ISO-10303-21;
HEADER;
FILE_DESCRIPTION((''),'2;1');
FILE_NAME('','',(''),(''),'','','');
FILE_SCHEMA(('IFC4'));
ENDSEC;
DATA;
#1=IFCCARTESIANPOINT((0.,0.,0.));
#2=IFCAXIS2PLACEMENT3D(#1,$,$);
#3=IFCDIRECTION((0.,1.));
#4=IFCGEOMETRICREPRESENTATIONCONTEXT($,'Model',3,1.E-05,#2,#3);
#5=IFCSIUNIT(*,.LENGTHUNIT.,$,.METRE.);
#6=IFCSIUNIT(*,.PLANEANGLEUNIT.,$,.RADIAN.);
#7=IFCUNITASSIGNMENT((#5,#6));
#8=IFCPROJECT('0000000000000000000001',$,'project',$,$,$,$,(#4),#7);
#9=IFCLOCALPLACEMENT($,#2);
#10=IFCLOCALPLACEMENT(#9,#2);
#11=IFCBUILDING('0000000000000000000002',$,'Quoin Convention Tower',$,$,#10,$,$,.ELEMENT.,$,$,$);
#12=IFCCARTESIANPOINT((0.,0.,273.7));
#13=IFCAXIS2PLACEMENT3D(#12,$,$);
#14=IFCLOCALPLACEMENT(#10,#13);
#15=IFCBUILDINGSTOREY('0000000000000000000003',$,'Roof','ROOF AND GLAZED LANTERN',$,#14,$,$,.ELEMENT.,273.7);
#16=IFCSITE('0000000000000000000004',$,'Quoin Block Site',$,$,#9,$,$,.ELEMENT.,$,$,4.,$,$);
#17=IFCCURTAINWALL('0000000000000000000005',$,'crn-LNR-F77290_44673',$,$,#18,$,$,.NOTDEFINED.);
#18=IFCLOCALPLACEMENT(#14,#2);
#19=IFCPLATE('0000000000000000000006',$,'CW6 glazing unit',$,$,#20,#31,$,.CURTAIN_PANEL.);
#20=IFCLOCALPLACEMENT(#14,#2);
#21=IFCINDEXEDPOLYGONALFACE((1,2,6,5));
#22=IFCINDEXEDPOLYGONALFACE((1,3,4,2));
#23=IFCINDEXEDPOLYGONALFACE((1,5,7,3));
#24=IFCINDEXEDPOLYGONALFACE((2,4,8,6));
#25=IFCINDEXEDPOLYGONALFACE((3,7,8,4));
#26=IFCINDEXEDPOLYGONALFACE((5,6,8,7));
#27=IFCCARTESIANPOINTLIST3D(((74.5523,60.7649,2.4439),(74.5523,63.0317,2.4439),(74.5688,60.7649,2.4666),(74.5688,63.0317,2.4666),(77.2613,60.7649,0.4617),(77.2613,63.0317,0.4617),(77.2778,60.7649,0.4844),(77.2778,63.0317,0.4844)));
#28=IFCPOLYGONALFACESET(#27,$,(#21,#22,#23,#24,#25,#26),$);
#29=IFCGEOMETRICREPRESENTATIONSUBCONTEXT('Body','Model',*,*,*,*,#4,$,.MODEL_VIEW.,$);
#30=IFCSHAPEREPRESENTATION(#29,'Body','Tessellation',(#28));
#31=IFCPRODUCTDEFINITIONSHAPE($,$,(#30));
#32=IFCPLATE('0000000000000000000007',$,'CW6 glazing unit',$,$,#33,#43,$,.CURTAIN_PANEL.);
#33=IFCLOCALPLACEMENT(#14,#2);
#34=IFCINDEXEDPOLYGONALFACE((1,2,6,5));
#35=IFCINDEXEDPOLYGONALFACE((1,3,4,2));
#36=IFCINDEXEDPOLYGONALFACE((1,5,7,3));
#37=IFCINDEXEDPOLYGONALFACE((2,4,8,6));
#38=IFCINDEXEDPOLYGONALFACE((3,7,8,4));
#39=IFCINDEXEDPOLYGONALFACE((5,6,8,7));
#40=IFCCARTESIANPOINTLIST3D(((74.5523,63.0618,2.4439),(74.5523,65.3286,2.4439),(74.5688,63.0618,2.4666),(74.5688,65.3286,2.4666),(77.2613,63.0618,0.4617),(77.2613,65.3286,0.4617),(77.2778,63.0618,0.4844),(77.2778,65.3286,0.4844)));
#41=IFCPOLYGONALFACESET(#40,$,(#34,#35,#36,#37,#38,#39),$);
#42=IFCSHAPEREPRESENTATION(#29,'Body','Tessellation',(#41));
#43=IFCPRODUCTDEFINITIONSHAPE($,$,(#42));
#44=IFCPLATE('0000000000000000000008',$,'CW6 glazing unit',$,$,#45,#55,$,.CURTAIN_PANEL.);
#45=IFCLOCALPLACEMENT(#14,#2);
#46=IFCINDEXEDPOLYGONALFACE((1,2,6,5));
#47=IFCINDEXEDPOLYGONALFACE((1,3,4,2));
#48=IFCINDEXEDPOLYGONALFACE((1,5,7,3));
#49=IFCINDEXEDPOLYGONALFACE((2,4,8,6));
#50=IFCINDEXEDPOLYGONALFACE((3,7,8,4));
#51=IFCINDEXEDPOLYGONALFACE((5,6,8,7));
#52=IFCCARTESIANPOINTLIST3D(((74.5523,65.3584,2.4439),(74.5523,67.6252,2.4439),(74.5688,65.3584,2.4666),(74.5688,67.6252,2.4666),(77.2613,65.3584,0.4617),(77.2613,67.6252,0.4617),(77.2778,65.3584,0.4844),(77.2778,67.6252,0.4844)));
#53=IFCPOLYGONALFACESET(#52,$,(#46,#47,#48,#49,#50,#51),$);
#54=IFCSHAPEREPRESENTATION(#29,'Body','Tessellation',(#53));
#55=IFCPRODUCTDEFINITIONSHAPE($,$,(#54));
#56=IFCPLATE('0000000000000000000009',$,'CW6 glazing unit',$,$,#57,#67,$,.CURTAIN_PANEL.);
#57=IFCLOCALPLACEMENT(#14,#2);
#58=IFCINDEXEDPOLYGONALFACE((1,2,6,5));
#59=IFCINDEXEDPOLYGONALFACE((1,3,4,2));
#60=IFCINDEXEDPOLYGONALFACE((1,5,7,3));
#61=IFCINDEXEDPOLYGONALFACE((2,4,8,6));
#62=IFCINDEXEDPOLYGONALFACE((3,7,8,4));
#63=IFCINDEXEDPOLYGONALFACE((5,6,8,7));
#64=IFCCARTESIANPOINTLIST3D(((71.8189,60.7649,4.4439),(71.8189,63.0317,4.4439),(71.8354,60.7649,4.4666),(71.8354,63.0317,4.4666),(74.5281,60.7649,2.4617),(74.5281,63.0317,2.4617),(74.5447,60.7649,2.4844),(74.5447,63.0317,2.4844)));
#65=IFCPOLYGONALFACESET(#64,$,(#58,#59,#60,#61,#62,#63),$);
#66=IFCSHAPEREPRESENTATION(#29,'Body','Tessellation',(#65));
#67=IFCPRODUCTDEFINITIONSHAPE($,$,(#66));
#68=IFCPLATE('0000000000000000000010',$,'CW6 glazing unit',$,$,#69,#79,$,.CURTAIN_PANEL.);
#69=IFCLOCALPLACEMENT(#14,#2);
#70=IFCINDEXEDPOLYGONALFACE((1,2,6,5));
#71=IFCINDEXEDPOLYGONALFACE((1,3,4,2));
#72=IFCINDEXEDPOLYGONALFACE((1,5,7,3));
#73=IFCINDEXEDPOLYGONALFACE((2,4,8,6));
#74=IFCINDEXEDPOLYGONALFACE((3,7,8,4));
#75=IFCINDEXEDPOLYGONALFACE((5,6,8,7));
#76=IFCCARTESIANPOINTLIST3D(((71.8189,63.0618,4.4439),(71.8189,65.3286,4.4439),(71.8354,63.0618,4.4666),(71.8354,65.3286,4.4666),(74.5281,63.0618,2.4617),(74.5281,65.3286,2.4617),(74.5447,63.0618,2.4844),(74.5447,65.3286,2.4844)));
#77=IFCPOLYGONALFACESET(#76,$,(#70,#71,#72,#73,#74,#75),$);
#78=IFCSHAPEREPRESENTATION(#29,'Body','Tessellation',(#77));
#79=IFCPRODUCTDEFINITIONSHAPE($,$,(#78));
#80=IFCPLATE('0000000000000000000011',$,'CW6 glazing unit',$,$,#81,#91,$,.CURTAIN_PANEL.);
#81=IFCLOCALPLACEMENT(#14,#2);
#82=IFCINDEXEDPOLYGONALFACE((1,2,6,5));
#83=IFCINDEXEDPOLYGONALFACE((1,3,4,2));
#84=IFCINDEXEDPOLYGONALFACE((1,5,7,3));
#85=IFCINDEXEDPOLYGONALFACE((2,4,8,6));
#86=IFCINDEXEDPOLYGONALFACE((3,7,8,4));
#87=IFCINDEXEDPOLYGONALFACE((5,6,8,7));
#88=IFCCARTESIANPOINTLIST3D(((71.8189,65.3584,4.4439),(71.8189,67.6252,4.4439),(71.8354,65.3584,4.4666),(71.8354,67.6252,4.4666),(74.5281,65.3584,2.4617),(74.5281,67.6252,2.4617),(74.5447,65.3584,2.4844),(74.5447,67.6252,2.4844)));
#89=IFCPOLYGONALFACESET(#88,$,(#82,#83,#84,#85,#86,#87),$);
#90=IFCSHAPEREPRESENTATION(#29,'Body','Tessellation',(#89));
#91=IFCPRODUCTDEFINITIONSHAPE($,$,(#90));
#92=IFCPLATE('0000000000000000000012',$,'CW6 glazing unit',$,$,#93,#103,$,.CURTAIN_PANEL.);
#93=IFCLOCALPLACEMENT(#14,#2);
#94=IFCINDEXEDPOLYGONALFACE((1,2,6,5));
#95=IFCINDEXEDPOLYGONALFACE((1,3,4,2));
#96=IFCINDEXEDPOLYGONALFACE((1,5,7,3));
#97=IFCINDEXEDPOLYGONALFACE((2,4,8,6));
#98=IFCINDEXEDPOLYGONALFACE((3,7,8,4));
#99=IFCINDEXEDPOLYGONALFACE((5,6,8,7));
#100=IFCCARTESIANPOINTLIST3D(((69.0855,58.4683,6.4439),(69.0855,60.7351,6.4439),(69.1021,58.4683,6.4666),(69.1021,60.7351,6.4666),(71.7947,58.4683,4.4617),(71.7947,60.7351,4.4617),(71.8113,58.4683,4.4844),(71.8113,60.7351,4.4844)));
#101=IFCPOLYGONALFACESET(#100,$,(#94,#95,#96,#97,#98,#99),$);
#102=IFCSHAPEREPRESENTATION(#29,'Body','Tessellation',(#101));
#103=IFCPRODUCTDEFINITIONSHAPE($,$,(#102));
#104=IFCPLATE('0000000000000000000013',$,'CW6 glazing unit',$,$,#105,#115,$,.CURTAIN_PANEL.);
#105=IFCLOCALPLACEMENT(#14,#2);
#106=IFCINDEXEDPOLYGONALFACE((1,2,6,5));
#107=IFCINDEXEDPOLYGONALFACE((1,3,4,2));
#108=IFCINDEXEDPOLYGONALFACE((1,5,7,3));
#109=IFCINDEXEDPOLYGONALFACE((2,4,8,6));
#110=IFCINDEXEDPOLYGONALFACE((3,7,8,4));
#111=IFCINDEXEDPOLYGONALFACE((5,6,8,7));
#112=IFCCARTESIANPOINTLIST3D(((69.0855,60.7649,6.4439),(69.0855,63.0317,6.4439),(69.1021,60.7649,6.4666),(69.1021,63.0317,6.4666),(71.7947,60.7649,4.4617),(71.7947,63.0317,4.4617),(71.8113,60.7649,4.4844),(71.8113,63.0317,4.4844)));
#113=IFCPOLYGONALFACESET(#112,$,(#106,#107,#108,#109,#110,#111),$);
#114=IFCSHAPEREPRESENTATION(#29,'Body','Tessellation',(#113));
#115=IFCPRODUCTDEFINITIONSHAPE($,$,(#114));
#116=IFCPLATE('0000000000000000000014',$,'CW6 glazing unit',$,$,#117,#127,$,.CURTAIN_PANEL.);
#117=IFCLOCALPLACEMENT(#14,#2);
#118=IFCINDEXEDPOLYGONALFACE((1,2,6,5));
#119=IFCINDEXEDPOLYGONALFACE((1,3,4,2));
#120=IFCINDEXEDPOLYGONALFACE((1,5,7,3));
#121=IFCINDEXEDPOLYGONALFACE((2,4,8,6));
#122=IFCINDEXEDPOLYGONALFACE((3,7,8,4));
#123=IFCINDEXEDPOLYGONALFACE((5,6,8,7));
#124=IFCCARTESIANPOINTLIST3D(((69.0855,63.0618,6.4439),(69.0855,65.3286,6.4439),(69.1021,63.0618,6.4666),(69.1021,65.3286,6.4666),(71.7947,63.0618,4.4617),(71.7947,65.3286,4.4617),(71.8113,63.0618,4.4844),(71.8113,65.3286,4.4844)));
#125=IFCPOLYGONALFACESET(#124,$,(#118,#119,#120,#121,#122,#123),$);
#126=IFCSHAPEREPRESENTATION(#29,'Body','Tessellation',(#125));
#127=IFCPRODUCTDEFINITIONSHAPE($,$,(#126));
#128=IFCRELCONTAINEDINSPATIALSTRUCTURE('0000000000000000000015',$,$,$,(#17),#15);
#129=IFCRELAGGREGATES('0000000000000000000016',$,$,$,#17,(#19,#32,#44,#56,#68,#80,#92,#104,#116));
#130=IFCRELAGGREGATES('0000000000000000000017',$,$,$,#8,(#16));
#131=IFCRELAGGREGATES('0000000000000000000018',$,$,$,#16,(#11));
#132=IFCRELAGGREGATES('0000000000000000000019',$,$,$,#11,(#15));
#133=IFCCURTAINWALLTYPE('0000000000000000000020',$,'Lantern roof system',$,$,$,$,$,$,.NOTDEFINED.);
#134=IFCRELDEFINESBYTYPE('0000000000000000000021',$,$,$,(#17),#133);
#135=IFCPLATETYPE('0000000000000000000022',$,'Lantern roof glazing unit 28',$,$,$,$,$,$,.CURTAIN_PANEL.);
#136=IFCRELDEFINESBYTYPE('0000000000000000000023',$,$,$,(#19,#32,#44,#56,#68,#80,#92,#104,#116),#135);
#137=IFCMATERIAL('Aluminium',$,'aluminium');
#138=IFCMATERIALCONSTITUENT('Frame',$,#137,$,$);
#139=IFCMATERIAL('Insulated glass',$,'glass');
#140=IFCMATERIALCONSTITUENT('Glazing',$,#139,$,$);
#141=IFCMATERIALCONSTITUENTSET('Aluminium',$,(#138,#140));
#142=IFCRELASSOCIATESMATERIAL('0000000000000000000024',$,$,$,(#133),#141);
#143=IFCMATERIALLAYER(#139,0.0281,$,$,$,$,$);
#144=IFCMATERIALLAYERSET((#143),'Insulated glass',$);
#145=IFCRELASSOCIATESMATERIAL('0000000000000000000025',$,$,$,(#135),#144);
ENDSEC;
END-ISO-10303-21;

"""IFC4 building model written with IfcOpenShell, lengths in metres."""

from ifc_helpers import new_model, si_unit, direction, frame, origin, place, context, subcontext, project, spatial, polyline, outline, extrude, material, layer, layer_set, constituent, constituent_set, type_object, element, aggregate, save


model = new_model("IFC4")

# Units and contexts
model_context = context("Model", 3, precision=1e-05, world=origin(), true_north=direction((0.0, 1.0)))
body_context = subcontext(model_context, "Body", "Model", "MODEL_VIEW")
ifc_project = project(units=[si_unit("LENGTHUNIT", "METRE"), si_unit("PLANEANGLEUNIT", "RADIAN")], contexts=[model_context])

# Site, building, storey
site_placement = place(None, origin())
site = spatial("IfcSite", under=ifc_project, at=site_placement, Name="Quoin Block Site", CompositionType="ELEMENT", RefElevation=4.0)
building_placement = place(site_placement, origin())
building = spatial("IfcBuilding", under=site, at=building_placement, Name="Quoin Convention Tower", CompositionType="ELEMENT")
storey_placement = place(building_placement, frame((0.0, 0.0, 273.7)))
storey = spatial("IfcBuildingStorey", under=building, at=storey_placement, Name="Roof", Description="ROOF AND GLAZED LANTERN", CompositionType="ELEMENT", Elevation=273.7)

# Curtain wall
ifc_material_1 = material(Name="Aluminium", Category="aluminium")
ifc_constituent_1 = constituent(ifc_material_1, Name="Frame")
ifc_material_2 = material(Name="Insulated glass", Category="glass")
ifc_constituent_2 = constituent(ifc_material_2, Name="Glazing")
ifc_constituent_set = constituent_set(constituents=[ifc_constituent_1, ifc_constituent_2], Name="Aluminium")
curtain_wall_type = type_object("IfcCurtainWallType", Name="Lantern roof system", PredefinedType="NOTDEFINED", material=ifc_constituent_set)
curtain_wall_1_placement = place(storey_placement, origin())
curtain_wall_1 = element("IfcCurtainWall", 1, at=curtain_wall_1_placement, inside=storey, type_object=curtain_wall_type, Name="crn-LNR-F77290_44673", PredefinedType="NOTDEFINED")

# Plates
ifc_layer = layer(ifc_material_2, 0.0281)
ifc_layer_set = layer_set([ifc_layer], Name="Insulated glass")
plate_type = type_object("IfcPlateType", Name="Lantern roof glazing unit 28", PredefinedType="CURTAIN_PANEL", material=ifc_layer_set)
plate_1_placement = place(storey_placement, frame((74.5688, 60.7649, 2.4666), z_axis=(0.590509, 0.0, 0.807031), x_axis=(0.0, 1.0, 0.0)))
plate_1 = element("IfcPlate", 2, at=plate_1_placement, type_object=plate_type, Name="CW6 glazing unit", PredefinedType="CURTAIN_PANEL", context=body_context, shape_type="SweptSolid", body=[
    extrude(outline(polyline([(0.0, 0.0), (2.2668, 0.0), (2.2668, -3.3567), (0.0, -3.3567), (0.0, 0.0)])), origin(), (0.0, 0.0, -1.0), 0.0281),
])
plate_2_placement = place(storey_placement, frame((74.5688, 63.0618, 2.4666), z_axis=(0.590509, 0.0, 0.807031), x_axis=(0.0, 1.0, 0.0)))
plate_2 = element("IfcPlate", 3, at=plate_2_placement, type_object=plate_type, Name="CW6 glazing unit", PredefinedType="CURTAIN_PANEL", context=body_context, shape_type="SweptSolid", body=[
    extrude(outline(polyline([(0.0, 0.0), (2.2668, 0.0), (2.2668, -3.3567), (0.0, -3.3567), (0.0, 0.0)])), origin(), (0.0, 0.0, -1.0), 0.0281),
])
plate_3_placement = place(storey_placement, frame((74.5688, 65.3584, 2.4666), z_axis=(0.590509, 0.0, 0.807031), x_axis=(0.0, 1.0, 0.0)))
plate_3 = element("IfcPlate", 4, at=plate_3_placement, type_object=plate_type, Name="CW6 glazing unit", PredefinedType="CURTAIN_PANEL", context=body_context, shape_type="SweptSolid", body=[
    extrude(outline(polyline([(0.0, 0.0), (2.2668, 0.0), (2.2668, -3.3567), (0.0, -3.3567), (0.0, 0.0)])), origin(), (0.0, 0.0, -1.0), 0.0281),
])
plate_4_placement = place(storey_placement, frame((74.5447, 60.7649, 2.4844), z_axis=(0.590474, 0.0, 0.807057), x_axis=(-0.807057, 0.0, 0.590474)))
plate_4 = element("IfcPlate", 5, at=plate_4_placement, type_object=plate_type, Name="CW6 glazing unit", PredefinedType="CURTAIN_PANEL", context=body_context, shape_type="SweptSolid", body=[
    extrude(outline(polyline([(0.0, 0.0), (3.3569, 0.0), (3.3569, -2.2668), (0.0, -2.2668), (0.0, 0.0)])), origin(), (0.0, 0.0, -1.0), 0.0281),
])
plate_5_placement = place(storey_placement, frame((74.5447, 63.0618, 2.4844), z_axis=(0.590474, 0.0, 0.807057), x_axis=(-0.807057, 0.0, 0.590474)))
plate_5 = element("IfcPlate", 6, at=plate_5_placement, type_object=plate_type, Name="CW6 glazing unit", PredefinedType="CURTAIN_PANEL", context=body_context, shape_type="SweptSolid", body=[
    extrude(outline(polyline([(0.0, 0.0), (3.3569, 0.0), (3.3569, -2.2668), (0.0, -2.2668), (0.0, 0.0)])), origin(), (0.0, 0.0, -1.0), 0.0281),
])
plate_6_placement = place(storey_placement, frame((74.5447, 65.3584, 2.4844), z_axis=(0.590474, 0.0, 0.807057), x_axis=(-0.807057, 0.0, 0.590474)))
plate_6 = element("IfcPlate", 7, at=plate_6_placement, type_object=plate_type, Name="CW6 glazing unit", PredefinedType="CURTAIN_PANEL", context=body_context, shape_type="SweptSolid", body=[
    extrude(outline(polyline([(0.0, 0.0), (3.3569, 0.0), (3.3569, -2.2668), (0.0, -2.2668), (0.0, 0.0)])), origin(), (0.0, 0.0, -1.0), 0.0281),
])
plate_7_placement = place(storey_placement, frame((71.8113, 60.7351, 4.4844), z_axis=(0.590474, 0.0, 0.807057), x_axis=(0.0, -1.0, 0.0)))
plate_7 = element("IfcPlate", 8, at=plate_7_placement, type_object=plate_type, Name="CW6 glazing unit", PredefinedType="CURTAIN_PANEL", context=body_context, shape_type="SweptSolid", body=[
    extrude(outline(polyline([(0.0, 0.0), (2.2668, 0.0), (2.2668, -3.3569), (0.0, -3.3569), (0.0, 0.0)])), origin(), (0.0, 0.0, -1.0), 0.0281),
])
plate_8_placement = place(storey_placement, frame((71.8113, 63.0317, 4.4844), z_axis=(0.590474, 0.0, 0.807057), x_axis=(0.0, -1.0, 0.0)))
plate_8 = element("IfcPlate", 9, at=plate_8_placement, type_object=plate_type, Name="CW6 glazing unit", PredefinedType="CURTAIN_PANEL", context=body_context, shape_type="SweptSolid", body=[
    extrude(outline(polyline([(0.0, 0.0), (2.2668, 0.0), (2.2668, -3.3569), (0.0, -3.3569), (0.0, 0.0)])), origin(), (0.0, 0.0, -1.0), 0.0281),
])
plate_9_placement = place(storey_placement, frame((71.8113, 65.3286, 4.4844), z_axis=(0.590474, 0.0, 0.807057), x_axis=(0.0, -1.0, 0.0)))
plate_9 = element("IfcPlate", 10, at=plate_9_placement, type_object=plate_type, Name="CW6 glazing unit", PredefinedType="CURTAIN_PANEL", context=body_context, shape_type="SweptSolid", body=[
    extrude(outline(polyline([(0.0, 0.0), (2.2668, 0.0), (2.2668, -3.3569), (0.0, -3.3569), (0.0, 0.0)])), origin(), (0.0, 0.0, -1.0), 0.0281),
])
aggregate(curtain_wall_1, [plate_1, plate_2, plate_3, plate_4, plate_5, plate_6, plate_7, plate_8, plate_9])

save(model, "model.ifc")
